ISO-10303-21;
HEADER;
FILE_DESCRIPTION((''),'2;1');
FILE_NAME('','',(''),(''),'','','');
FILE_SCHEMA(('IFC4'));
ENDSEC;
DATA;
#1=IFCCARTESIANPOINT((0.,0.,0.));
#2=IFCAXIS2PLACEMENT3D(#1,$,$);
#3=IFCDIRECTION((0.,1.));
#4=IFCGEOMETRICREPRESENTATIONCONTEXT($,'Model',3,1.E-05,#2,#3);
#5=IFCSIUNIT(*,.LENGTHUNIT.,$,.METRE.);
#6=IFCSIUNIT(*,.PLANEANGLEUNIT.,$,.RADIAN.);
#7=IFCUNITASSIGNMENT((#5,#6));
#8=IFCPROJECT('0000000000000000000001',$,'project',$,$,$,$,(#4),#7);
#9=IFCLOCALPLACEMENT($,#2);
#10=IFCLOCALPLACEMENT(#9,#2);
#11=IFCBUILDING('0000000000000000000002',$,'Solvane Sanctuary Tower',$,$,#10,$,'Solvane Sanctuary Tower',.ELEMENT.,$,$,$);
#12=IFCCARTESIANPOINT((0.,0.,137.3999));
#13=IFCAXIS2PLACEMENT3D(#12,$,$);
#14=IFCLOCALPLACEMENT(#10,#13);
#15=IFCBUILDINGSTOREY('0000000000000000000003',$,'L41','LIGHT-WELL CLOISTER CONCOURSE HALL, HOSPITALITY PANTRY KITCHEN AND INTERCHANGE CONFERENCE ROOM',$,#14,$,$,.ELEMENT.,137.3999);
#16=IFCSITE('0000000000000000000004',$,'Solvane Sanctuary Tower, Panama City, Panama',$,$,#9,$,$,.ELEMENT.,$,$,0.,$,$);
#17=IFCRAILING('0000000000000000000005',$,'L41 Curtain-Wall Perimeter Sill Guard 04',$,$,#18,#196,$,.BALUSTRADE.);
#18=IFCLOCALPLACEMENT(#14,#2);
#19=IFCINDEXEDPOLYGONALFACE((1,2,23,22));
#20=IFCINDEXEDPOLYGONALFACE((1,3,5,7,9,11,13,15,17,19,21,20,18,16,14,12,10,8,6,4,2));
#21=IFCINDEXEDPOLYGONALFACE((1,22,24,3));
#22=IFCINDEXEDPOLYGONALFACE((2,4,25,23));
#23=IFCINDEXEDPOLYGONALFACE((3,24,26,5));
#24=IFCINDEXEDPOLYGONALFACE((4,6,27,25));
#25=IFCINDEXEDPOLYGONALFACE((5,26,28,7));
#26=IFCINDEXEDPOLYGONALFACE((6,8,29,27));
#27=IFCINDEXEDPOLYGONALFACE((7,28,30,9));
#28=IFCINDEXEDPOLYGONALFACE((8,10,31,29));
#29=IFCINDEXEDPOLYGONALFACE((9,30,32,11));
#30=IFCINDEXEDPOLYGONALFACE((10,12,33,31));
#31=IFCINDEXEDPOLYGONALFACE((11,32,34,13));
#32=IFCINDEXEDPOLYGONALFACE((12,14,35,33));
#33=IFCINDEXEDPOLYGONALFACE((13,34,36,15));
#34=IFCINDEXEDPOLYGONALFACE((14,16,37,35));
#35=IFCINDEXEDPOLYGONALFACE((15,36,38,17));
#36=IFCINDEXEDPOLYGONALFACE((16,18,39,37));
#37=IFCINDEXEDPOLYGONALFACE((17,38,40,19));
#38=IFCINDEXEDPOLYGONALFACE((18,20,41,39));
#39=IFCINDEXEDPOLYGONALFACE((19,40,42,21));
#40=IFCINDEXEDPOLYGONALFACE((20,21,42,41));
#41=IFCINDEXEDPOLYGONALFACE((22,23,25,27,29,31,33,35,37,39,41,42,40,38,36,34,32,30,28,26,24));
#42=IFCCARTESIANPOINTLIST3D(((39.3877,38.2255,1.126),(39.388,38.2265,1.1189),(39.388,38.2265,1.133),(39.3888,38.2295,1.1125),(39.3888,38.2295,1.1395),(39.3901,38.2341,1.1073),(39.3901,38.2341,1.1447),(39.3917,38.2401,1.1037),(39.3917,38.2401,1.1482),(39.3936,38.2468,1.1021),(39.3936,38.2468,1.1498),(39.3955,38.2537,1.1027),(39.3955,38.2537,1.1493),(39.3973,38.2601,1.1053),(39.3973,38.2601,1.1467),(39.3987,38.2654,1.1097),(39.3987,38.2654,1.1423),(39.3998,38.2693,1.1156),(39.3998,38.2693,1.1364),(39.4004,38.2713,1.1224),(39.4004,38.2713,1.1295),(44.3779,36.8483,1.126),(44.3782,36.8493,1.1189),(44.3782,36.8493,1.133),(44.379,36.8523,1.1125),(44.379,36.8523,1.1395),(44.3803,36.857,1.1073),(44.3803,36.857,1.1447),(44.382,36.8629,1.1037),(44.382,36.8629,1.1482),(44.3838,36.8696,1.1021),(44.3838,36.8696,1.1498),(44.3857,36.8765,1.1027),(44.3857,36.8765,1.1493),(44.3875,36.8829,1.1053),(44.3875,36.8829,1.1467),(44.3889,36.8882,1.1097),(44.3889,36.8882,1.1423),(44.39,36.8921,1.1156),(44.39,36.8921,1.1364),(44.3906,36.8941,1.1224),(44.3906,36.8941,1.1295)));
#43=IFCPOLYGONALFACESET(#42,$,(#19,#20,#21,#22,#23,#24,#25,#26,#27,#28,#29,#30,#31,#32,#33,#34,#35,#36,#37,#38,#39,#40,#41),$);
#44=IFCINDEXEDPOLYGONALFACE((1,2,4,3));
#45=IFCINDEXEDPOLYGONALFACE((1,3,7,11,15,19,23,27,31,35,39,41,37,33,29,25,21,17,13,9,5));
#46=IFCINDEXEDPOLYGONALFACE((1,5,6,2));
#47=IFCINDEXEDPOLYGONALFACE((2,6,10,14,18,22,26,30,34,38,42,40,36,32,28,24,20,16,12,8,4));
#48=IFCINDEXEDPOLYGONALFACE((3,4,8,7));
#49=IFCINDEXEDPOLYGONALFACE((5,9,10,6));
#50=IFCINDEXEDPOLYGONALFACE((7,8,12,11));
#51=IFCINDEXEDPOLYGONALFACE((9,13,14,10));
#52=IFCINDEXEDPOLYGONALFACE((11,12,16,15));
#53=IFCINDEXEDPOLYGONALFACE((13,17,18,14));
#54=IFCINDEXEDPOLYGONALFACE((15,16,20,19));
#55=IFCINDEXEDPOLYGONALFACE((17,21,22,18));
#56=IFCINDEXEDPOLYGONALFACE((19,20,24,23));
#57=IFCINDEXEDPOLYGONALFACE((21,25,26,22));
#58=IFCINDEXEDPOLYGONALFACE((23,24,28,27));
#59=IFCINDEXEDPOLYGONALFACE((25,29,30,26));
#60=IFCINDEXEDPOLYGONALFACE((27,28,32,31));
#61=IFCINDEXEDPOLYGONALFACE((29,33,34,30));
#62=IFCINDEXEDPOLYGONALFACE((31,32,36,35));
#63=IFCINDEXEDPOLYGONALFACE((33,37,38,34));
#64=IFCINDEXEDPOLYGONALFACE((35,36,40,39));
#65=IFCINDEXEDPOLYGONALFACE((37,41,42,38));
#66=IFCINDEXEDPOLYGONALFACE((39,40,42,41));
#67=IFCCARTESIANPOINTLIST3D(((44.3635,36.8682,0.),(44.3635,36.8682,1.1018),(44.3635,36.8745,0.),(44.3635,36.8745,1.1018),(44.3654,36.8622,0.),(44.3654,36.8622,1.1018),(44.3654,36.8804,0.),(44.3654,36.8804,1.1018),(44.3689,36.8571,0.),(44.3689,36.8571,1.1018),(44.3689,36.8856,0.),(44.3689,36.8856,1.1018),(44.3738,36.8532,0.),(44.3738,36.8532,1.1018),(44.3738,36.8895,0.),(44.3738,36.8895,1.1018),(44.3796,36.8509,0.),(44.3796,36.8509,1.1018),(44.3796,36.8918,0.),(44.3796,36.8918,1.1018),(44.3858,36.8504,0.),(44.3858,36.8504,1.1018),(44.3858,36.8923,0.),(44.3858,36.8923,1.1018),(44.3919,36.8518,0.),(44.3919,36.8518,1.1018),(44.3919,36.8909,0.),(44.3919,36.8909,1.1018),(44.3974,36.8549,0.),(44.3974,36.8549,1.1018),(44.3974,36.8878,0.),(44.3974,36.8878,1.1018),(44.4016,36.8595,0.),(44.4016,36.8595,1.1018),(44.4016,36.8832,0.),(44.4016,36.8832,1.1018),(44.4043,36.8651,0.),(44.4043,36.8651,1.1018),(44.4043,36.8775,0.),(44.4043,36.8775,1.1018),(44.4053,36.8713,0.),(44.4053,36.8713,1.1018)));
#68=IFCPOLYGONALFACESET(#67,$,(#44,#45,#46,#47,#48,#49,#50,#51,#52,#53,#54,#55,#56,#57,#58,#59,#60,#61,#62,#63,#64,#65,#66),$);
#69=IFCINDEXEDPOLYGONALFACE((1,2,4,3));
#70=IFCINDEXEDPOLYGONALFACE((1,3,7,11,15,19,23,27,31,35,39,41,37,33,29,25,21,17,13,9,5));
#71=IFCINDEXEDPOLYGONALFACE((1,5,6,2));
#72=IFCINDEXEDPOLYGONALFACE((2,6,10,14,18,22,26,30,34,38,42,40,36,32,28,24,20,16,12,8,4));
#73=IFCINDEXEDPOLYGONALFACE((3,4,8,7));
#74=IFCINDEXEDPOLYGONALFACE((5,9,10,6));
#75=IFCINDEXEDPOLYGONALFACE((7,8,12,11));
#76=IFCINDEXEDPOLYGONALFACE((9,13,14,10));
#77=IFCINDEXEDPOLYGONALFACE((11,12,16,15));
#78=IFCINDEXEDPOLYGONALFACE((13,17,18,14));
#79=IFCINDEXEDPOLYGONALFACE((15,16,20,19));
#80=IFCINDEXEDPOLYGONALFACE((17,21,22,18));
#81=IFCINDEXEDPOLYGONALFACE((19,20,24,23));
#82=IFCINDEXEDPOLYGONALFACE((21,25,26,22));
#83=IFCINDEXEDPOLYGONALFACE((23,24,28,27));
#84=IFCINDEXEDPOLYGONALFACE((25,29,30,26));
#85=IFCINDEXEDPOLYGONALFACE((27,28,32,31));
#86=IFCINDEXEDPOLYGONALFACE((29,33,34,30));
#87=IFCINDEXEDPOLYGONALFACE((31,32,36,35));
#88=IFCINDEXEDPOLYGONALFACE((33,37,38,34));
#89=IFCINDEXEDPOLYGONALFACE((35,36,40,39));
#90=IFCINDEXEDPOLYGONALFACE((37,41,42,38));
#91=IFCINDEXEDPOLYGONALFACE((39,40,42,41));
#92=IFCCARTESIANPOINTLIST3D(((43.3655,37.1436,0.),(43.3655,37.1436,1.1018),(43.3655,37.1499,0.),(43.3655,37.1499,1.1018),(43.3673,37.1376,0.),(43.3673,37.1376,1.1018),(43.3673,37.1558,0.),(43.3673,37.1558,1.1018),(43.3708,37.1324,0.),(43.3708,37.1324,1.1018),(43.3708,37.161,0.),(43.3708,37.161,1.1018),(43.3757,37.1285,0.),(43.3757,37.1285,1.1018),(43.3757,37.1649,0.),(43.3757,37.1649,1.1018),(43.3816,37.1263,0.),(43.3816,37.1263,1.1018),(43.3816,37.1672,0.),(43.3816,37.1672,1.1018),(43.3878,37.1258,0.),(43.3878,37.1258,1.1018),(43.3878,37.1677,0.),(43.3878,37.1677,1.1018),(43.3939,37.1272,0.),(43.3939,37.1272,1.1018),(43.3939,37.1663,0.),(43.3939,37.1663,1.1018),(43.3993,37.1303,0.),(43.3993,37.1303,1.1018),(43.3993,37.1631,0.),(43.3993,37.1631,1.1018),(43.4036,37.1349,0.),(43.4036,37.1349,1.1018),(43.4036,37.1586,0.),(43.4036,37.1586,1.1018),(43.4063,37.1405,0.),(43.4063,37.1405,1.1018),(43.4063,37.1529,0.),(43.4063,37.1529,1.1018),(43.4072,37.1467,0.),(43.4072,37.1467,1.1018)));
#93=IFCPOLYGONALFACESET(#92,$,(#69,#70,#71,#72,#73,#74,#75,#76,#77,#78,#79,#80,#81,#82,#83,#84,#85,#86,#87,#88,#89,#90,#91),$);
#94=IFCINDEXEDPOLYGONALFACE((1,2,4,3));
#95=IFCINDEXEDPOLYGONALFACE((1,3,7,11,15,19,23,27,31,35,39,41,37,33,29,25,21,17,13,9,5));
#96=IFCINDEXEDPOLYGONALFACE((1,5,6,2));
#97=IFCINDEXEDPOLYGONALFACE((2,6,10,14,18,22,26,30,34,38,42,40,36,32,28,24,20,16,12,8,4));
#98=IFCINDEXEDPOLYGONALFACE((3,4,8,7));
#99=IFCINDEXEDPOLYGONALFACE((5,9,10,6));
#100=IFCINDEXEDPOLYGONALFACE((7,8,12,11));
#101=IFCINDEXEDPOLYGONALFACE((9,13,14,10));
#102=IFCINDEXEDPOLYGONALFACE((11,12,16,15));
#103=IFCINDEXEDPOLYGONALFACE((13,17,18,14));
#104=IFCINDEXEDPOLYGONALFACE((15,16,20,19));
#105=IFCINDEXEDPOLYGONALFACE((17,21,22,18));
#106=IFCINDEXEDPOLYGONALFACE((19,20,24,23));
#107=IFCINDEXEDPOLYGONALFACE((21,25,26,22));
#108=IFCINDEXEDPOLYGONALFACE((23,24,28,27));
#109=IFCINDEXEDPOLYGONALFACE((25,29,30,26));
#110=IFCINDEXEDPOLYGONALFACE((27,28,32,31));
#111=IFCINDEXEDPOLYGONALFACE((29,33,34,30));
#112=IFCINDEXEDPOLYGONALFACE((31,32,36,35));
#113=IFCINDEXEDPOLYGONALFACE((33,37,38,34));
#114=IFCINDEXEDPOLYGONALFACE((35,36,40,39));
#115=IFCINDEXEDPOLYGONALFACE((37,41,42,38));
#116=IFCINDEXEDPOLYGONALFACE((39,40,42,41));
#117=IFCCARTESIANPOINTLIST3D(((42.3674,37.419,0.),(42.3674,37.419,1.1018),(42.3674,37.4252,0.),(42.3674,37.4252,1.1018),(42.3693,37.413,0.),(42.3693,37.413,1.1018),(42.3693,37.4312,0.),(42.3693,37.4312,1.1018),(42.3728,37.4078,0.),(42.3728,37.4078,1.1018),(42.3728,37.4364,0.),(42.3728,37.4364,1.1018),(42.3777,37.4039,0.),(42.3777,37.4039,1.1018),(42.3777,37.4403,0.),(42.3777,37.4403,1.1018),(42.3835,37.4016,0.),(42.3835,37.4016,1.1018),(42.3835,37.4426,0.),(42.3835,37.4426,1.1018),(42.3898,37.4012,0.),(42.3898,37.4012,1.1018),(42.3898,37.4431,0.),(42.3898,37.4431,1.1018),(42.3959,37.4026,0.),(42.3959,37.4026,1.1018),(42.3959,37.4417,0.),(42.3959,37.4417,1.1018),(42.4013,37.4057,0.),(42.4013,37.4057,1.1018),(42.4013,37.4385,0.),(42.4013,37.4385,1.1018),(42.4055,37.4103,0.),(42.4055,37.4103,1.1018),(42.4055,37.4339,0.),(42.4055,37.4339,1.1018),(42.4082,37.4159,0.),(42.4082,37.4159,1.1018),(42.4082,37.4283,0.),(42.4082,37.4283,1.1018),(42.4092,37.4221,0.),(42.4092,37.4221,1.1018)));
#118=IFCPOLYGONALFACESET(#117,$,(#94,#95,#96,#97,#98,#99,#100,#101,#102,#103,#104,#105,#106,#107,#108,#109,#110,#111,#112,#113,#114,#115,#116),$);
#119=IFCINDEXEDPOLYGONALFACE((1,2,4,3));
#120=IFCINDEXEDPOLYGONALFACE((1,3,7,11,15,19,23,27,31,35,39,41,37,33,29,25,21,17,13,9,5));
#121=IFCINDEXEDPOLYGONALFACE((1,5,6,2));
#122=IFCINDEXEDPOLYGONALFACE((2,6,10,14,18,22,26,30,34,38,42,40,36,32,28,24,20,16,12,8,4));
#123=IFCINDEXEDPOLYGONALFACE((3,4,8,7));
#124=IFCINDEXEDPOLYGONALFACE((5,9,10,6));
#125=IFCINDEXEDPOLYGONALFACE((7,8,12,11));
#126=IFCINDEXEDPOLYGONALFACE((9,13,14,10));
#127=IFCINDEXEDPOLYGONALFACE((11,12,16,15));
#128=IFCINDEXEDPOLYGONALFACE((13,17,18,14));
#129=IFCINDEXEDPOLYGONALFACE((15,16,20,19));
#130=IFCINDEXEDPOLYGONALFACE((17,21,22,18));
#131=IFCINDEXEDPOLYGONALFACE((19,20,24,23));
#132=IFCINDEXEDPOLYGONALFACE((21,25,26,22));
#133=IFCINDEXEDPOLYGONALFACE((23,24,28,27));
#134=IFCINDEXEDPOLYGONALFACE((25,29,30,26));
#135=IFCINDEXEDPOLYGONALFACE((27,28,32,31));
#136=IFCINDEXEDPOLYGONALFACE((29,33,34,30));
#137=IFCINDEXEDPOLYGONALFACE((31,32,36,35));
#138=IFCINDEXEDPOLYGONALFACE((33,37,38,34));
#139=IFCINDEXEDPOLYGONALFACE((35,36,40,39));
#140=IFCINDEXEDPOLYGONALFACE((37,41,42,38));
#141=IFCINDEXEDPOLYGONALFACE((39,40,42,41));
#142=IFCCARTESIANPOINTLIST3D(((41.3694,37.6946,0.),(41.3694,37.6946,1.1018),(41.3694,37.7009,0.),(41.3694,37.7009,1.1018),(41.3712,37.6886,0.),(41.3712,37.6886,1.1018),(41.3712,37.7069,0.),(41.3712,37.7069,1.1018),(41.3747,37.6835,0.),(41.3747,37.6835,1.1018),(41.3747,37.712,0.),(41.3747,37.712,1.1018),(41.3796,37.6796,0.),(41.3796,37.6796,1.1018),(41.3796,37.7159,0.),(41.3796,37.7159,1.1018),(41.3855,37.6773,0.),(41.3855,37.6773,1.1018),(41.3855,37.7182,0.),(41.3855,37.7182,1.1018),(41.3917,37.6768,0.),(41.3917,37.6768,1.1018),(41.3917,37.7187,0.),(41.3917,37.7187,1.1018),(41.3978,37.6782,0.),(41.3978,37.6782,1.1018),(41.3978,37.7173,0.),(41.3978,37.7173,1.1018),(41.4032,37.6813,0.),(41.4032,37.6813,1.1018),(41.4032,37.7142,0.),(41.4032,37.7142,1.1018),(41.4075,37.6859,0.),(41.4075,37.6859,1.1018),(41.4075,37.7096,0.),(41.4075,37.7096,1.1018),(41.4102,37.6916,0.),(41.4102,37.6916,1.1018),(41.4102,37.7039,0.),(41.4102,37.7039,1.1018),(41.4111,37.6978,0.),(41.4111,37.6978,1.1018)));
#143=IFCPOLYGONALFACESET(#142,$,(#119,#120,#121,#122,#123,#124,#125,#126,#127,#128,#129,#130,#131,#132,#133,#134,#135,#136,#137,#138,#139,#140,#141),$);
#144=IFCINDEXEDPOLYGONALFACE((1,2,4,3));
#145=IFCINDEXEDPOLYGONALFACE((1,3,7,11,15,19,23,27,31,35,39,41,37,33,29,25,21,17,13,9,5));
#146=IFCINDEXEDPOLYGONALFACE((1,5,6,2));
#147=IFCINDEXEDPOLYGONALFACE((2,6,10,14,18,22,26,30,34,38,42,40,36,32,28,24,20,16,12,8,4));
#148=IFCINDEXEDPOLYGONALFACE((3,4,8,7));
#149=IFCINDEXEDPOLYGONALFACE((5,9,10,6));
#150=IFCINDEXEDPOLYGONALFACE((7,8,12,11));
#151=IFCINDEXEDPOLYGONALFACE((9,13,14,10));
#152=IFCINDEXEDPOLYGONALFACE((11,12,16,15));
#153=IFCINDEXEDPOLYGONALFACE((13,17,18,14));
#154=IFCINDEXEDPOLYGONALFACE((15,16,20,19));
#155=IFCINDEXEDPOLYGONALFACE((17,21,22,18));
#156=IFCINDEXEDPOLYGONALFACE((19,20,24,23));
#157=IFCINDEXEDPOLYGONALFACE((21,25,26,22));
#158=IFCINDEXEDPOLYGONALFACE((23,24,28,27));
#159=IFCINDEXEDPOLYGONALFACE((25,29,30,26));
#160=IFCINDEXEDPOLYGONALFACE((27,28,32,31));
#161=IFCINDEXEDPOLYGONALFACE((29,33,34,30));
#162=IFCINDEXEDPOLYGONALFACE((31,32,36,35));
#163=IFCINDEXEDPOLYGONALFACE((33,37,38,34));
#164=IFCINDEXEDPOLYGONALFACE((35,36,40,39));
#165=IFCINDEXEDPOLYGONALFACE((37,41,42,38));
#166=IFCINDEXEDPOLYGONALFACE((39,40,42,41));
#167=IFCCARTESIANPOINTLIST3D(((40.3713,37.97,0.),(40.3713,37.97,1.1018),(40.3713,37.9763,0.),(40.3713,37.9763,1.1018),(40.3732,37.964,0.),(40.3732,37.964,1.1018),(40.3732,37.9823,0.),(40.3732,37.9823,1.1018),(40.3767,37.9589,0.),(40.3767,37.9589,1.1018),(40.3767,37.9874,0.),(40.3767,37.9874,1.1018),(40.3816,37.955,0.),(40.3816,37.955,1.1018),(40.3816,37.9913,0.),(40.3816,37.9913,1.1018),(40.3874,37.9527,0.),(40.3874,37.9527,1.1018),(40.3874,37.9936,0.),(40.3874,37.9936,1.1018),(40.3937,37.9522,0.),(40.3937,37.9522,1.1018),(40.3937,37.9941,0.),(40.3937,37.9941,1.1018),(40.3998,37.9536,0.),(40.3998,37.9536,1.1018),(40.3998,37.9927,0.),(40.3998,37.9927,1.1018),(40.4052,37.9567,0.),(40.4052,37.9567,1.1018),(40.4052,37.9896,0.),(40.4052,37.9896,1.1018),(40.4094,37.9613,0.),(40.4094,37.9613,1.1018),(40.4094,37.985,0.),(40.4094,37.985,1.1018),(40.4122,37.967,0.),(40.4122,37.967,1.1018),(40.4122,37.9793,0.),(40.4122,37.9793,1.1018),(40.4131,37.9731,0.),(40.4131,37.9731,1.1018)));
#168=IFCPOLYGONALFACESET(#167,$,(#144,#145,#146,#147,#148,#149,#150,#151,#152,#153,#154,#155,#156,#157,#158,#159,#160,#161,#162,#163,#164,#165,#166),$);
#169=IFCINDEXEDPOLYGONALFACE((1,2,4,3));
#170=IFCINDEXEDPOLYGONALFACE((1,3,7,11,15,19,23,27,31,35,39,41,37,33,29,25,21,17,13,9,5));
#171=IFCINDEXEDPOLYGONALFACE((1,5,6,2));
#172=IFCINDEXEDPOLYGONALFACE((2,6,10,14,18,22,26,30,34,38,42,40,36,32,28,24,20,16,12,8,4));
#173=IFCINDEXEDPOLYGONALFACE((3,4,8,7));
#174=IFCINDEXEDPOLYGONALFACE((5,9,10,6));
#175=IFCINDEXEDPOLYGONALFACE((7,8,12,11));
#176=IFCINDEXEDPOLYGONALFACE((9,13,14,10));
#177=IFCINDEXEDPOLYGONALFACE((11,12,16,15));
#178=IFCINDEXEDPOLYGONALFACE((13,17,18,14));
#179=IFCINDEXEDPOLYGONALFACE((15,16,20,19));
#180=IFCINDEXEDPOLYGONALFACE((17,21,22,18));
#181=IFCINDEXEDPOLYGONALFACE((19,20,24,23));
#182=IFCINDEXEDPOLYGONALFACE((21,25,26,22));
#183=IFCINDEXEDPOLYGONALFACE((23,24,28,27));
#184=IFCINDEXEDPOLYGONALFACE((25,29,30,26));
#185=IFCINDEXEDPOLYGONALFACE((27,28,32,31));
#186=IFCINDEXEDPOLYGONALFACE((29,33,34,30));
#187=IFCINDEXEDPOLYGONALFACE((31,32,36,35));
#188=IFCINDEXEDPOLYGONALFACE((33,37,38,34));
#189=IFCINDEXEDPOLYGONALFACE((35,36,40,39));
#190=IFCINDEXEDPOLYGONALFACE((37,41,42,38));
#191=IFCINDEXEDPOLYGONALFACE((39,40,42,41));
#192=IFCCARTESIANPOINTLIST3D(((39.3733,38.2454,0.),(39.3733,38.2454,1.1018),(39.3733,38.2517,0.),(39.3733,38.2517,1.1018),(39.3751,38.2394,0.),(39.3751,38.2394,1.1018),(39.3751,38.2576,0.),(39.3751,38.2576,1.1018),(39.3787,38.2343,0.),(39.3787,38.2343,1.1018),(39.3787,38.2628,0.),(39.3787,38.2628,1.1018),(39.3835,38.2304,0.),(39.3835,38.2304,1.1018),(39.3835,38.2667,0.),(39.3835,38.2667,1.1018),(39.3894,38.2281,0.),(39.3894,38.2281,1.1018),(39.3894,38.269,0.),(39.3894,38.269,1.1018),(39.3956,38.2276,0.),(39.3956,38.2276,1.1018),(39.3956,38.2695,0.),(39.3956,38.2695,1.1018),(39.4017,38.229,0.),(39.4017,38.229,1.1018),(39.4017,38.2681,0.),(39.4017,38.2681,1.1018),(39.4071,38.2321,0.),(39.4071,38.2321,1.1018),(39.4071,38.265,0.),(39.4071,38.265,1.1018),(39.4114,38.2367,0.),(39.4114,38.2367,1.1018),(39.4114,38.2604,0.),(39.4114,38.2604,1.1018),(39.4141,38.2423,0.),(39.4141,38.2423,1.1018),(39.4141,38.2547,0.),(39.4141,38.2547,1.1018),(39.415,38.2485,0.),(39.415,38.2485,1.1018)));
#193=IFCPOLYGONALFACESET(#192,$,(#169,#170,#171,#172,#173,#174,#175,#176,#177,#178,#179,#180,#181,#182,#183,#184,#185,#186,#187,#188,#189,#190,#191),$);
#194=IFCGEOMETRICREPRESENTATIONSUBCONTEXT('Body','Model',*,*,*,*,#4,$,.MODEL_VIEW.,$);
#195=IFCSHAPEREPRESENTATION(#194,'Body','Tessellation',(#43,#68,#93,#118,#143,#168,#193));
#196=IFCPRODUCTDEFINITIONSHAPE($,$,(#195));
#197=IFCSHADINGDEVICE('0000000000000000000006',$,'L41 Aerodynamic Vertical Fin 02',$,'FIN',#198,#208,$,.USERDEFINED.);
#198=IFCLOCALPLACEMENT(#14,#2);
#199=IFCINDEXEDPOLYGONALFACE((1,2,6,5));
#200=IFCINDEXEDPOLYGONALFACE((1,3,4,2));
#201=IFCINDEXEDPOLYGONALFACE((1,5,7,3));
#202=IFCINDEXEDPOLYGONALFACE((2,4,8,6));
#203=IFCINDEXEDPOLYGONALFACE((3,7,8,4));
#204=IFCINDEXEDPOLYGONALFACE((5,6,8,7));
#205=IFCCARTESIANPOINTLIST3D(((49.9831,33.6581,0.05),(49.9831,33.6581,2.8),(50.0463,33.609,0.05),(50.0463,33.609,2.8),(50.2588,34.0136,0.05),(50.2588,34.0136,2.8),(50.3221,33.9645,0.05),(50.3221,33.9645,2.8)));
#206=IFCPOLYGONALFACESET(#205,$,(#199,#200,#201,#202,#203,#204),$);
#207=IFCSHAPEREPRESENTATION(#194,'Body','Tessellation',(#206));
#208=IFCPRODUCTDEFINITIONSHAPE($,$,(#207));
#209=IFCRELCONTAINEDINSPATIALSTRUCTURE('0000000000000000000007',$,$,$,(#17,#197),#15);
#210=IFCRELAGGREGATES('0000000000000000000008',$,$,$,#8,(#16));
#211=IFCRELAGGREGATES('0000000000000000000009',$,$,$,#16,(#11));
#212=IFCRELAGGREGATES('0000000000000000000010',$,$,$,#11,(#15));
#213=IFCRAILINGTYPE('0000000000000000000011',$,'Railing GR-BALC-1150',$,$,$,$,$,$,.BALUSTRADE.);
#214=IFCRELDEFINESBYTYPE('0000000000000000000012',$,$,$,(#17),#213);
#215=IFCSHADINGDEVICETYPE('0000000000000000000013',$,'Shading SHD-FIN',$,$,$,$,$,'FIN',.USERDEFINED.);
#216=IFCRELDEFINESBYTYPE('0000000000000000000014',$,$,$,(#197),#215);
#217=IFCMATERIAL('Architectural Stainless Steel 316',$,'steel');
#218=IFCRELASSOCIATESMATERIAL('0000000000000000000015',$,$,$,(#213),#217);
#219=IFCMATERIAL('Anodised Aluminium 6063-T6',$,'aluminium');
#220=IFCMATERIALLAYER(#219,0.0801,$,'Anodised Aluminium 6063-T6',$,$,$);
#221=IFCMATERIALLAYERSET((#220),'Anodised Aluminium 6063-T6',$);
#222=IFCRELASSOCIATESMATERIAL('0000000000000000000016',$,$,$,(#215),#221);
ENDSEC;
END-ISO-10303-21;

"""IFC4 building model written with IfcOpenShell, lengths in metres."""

from ifc_helpers import new_model, si_unit, direction, frame, origin, origin_2d, place, context, subcontext, project, spatial, rectangle, circle, extrude, material, layer, layer_set, type_object, element, save


model = new_model("IFC4")

# Units and contexts
model_context = context("Model", 3, precision=1e-05, world=origin(), true_north=direction((0.0, 1.0)))
body_context = subcontext(model_context, "Body", "Model", "MODEL_VIEW")
ifc_project = project(units=[si_unit("LENGTHUNIT", "METRE"), si_unit("PLANEANGLEUNIT", "RADIAN")], contexts=[model_context])

# Site, building, storey
site_placement = place(None, origin())
site = spatial("IfcSite", under=ifc_project, at=site_placement, Name="Solvane Sanctuary Tower, Panama City, Panama", CompositionType="ELEMENT", RefElevation=0.0)
building_placement = place(site_placement, origin())
building = spatial("IfcBuilding", under=site, at=building_placement, Name="Solvane Sanctuary Tower", LongName="Solvane Sanctuary Tower", CompositionType="ELEMENT")
storey_placement = place(building_placement, frame((0.0, 0.0, 137.3999)))
storey = spatial("IfcBuildingStorey", under=building, at=storey_placement, Name="L41", Description="LIGHT-WELL CLOISTER CONCOURSE HALL, HOSPITALITY PANTRY KITCHEN AND INTERCHANGE CONFERENCE ROOM", CompositionType="ELEMENT", Elevation=137.3999)

# Shared definitions
ifc_material_1 = material(Name="Anodised Aluminium 6063-T6", Category="aluminium")

# Railing
ifc_material_2 = material(Name="Architectural Stainless Steel 316", Category="steel")
railing_type = type_object("IfcRailingType", Name="Railing GR-BALC-1150", PredefinedType="BALUSTRADE", material=ifc_material_2)
railing_placement = place(storey_placement, frame((44.3843, 36.8713, 0.0)))
element("IfcRailing", 1, at=railing_placement, inside=storey, type_object=railing_type, Name="L41 Curtain-Wall Perimeter Sill Guard 04", PredefinedType="BALUSTRADE", context=body_context, shape_type="SweptSolid", body=[
    extrude(circle(Radius=0.0239, at=origin_2d()), frame((0.0, 0.0, 1.126), z_axis=(-0.963964, 0.266033, 0.0), x_axis=(-0.266033, -0.963964, 0.0)), (0.0, 0.0, 1.0), 5.1768),
    extrude(circle(Radius=0.021, at=origin_2d()), origin(), (0.0, 0.0, 1.0), 1.1018),
    extrude(circle(Radius=0.021, at=origin_2d()), frame((-0.998, 0.2754, 0.0)), (0.0, 0.0, 1.0), 1.1018),
    extrude(circle(Radius=0.021, at=origin_2d()), frame((-1.9961, 0.5508, 0.0)), (0.0, 0.0, 1.0), 1.1018),
    extrude(circle(Radius=0.021, at=origin_2d()), frame((-2.9941, 0.8264, 0.0)), (0.0, 0.0, 1.0), 1.1018),
    extrude(circle(Radius=0.021, at=origin_2d()), frame((-3.9922, 1.1018, 0.0)), (0.0, 0.0, 1.0), 1.1018),
    extrude(circle(Radius=0.021, at=origin_2d()), frame((-4.9902, 1.3772, 0.0)), (0.0, 0.0, 1.0), 1.1018),
])

# Shading device
ifc_layer_1 = layer(ifc_material_1, 0.0801, Name="Anodised Aluminium 6063-T6")
ifc_layer_set_1 = layer_set([ifc_layer_1], Name="Anodised Aluminium 6063-T6")
shading_device_type = type_object("IfcShadingDeviceType", Name="Shading SHD-FIN", ElementType="FIN", PredefinedType="USERDEFINED", material=ifc_layer_set_1)
shading_device_placement = place(storey_placement, frame((50.1526, 33.8113, 0.05), z_axis=(0.0, 0.0, 1.0), x_axis=(-0.790166, 0.612893, 0.0)))
element("IfcShadingDevice", 2, at=shading_device_placement, inside=storey, type_object=shading_device_type, Name="L41 Aerodynamic Vertical Fin 02", ObjectType="FIN", PredefinedType="USERDEFINED", context=body_context, shape_type="SweptSolid", body=[
    extrude(rectangle(XDim=0.0801, YDim=0.45, at=origin_2d()), origin(), (0.0, 0.0, 1.0), 2.75),
])

save(model, "model.ifc")
